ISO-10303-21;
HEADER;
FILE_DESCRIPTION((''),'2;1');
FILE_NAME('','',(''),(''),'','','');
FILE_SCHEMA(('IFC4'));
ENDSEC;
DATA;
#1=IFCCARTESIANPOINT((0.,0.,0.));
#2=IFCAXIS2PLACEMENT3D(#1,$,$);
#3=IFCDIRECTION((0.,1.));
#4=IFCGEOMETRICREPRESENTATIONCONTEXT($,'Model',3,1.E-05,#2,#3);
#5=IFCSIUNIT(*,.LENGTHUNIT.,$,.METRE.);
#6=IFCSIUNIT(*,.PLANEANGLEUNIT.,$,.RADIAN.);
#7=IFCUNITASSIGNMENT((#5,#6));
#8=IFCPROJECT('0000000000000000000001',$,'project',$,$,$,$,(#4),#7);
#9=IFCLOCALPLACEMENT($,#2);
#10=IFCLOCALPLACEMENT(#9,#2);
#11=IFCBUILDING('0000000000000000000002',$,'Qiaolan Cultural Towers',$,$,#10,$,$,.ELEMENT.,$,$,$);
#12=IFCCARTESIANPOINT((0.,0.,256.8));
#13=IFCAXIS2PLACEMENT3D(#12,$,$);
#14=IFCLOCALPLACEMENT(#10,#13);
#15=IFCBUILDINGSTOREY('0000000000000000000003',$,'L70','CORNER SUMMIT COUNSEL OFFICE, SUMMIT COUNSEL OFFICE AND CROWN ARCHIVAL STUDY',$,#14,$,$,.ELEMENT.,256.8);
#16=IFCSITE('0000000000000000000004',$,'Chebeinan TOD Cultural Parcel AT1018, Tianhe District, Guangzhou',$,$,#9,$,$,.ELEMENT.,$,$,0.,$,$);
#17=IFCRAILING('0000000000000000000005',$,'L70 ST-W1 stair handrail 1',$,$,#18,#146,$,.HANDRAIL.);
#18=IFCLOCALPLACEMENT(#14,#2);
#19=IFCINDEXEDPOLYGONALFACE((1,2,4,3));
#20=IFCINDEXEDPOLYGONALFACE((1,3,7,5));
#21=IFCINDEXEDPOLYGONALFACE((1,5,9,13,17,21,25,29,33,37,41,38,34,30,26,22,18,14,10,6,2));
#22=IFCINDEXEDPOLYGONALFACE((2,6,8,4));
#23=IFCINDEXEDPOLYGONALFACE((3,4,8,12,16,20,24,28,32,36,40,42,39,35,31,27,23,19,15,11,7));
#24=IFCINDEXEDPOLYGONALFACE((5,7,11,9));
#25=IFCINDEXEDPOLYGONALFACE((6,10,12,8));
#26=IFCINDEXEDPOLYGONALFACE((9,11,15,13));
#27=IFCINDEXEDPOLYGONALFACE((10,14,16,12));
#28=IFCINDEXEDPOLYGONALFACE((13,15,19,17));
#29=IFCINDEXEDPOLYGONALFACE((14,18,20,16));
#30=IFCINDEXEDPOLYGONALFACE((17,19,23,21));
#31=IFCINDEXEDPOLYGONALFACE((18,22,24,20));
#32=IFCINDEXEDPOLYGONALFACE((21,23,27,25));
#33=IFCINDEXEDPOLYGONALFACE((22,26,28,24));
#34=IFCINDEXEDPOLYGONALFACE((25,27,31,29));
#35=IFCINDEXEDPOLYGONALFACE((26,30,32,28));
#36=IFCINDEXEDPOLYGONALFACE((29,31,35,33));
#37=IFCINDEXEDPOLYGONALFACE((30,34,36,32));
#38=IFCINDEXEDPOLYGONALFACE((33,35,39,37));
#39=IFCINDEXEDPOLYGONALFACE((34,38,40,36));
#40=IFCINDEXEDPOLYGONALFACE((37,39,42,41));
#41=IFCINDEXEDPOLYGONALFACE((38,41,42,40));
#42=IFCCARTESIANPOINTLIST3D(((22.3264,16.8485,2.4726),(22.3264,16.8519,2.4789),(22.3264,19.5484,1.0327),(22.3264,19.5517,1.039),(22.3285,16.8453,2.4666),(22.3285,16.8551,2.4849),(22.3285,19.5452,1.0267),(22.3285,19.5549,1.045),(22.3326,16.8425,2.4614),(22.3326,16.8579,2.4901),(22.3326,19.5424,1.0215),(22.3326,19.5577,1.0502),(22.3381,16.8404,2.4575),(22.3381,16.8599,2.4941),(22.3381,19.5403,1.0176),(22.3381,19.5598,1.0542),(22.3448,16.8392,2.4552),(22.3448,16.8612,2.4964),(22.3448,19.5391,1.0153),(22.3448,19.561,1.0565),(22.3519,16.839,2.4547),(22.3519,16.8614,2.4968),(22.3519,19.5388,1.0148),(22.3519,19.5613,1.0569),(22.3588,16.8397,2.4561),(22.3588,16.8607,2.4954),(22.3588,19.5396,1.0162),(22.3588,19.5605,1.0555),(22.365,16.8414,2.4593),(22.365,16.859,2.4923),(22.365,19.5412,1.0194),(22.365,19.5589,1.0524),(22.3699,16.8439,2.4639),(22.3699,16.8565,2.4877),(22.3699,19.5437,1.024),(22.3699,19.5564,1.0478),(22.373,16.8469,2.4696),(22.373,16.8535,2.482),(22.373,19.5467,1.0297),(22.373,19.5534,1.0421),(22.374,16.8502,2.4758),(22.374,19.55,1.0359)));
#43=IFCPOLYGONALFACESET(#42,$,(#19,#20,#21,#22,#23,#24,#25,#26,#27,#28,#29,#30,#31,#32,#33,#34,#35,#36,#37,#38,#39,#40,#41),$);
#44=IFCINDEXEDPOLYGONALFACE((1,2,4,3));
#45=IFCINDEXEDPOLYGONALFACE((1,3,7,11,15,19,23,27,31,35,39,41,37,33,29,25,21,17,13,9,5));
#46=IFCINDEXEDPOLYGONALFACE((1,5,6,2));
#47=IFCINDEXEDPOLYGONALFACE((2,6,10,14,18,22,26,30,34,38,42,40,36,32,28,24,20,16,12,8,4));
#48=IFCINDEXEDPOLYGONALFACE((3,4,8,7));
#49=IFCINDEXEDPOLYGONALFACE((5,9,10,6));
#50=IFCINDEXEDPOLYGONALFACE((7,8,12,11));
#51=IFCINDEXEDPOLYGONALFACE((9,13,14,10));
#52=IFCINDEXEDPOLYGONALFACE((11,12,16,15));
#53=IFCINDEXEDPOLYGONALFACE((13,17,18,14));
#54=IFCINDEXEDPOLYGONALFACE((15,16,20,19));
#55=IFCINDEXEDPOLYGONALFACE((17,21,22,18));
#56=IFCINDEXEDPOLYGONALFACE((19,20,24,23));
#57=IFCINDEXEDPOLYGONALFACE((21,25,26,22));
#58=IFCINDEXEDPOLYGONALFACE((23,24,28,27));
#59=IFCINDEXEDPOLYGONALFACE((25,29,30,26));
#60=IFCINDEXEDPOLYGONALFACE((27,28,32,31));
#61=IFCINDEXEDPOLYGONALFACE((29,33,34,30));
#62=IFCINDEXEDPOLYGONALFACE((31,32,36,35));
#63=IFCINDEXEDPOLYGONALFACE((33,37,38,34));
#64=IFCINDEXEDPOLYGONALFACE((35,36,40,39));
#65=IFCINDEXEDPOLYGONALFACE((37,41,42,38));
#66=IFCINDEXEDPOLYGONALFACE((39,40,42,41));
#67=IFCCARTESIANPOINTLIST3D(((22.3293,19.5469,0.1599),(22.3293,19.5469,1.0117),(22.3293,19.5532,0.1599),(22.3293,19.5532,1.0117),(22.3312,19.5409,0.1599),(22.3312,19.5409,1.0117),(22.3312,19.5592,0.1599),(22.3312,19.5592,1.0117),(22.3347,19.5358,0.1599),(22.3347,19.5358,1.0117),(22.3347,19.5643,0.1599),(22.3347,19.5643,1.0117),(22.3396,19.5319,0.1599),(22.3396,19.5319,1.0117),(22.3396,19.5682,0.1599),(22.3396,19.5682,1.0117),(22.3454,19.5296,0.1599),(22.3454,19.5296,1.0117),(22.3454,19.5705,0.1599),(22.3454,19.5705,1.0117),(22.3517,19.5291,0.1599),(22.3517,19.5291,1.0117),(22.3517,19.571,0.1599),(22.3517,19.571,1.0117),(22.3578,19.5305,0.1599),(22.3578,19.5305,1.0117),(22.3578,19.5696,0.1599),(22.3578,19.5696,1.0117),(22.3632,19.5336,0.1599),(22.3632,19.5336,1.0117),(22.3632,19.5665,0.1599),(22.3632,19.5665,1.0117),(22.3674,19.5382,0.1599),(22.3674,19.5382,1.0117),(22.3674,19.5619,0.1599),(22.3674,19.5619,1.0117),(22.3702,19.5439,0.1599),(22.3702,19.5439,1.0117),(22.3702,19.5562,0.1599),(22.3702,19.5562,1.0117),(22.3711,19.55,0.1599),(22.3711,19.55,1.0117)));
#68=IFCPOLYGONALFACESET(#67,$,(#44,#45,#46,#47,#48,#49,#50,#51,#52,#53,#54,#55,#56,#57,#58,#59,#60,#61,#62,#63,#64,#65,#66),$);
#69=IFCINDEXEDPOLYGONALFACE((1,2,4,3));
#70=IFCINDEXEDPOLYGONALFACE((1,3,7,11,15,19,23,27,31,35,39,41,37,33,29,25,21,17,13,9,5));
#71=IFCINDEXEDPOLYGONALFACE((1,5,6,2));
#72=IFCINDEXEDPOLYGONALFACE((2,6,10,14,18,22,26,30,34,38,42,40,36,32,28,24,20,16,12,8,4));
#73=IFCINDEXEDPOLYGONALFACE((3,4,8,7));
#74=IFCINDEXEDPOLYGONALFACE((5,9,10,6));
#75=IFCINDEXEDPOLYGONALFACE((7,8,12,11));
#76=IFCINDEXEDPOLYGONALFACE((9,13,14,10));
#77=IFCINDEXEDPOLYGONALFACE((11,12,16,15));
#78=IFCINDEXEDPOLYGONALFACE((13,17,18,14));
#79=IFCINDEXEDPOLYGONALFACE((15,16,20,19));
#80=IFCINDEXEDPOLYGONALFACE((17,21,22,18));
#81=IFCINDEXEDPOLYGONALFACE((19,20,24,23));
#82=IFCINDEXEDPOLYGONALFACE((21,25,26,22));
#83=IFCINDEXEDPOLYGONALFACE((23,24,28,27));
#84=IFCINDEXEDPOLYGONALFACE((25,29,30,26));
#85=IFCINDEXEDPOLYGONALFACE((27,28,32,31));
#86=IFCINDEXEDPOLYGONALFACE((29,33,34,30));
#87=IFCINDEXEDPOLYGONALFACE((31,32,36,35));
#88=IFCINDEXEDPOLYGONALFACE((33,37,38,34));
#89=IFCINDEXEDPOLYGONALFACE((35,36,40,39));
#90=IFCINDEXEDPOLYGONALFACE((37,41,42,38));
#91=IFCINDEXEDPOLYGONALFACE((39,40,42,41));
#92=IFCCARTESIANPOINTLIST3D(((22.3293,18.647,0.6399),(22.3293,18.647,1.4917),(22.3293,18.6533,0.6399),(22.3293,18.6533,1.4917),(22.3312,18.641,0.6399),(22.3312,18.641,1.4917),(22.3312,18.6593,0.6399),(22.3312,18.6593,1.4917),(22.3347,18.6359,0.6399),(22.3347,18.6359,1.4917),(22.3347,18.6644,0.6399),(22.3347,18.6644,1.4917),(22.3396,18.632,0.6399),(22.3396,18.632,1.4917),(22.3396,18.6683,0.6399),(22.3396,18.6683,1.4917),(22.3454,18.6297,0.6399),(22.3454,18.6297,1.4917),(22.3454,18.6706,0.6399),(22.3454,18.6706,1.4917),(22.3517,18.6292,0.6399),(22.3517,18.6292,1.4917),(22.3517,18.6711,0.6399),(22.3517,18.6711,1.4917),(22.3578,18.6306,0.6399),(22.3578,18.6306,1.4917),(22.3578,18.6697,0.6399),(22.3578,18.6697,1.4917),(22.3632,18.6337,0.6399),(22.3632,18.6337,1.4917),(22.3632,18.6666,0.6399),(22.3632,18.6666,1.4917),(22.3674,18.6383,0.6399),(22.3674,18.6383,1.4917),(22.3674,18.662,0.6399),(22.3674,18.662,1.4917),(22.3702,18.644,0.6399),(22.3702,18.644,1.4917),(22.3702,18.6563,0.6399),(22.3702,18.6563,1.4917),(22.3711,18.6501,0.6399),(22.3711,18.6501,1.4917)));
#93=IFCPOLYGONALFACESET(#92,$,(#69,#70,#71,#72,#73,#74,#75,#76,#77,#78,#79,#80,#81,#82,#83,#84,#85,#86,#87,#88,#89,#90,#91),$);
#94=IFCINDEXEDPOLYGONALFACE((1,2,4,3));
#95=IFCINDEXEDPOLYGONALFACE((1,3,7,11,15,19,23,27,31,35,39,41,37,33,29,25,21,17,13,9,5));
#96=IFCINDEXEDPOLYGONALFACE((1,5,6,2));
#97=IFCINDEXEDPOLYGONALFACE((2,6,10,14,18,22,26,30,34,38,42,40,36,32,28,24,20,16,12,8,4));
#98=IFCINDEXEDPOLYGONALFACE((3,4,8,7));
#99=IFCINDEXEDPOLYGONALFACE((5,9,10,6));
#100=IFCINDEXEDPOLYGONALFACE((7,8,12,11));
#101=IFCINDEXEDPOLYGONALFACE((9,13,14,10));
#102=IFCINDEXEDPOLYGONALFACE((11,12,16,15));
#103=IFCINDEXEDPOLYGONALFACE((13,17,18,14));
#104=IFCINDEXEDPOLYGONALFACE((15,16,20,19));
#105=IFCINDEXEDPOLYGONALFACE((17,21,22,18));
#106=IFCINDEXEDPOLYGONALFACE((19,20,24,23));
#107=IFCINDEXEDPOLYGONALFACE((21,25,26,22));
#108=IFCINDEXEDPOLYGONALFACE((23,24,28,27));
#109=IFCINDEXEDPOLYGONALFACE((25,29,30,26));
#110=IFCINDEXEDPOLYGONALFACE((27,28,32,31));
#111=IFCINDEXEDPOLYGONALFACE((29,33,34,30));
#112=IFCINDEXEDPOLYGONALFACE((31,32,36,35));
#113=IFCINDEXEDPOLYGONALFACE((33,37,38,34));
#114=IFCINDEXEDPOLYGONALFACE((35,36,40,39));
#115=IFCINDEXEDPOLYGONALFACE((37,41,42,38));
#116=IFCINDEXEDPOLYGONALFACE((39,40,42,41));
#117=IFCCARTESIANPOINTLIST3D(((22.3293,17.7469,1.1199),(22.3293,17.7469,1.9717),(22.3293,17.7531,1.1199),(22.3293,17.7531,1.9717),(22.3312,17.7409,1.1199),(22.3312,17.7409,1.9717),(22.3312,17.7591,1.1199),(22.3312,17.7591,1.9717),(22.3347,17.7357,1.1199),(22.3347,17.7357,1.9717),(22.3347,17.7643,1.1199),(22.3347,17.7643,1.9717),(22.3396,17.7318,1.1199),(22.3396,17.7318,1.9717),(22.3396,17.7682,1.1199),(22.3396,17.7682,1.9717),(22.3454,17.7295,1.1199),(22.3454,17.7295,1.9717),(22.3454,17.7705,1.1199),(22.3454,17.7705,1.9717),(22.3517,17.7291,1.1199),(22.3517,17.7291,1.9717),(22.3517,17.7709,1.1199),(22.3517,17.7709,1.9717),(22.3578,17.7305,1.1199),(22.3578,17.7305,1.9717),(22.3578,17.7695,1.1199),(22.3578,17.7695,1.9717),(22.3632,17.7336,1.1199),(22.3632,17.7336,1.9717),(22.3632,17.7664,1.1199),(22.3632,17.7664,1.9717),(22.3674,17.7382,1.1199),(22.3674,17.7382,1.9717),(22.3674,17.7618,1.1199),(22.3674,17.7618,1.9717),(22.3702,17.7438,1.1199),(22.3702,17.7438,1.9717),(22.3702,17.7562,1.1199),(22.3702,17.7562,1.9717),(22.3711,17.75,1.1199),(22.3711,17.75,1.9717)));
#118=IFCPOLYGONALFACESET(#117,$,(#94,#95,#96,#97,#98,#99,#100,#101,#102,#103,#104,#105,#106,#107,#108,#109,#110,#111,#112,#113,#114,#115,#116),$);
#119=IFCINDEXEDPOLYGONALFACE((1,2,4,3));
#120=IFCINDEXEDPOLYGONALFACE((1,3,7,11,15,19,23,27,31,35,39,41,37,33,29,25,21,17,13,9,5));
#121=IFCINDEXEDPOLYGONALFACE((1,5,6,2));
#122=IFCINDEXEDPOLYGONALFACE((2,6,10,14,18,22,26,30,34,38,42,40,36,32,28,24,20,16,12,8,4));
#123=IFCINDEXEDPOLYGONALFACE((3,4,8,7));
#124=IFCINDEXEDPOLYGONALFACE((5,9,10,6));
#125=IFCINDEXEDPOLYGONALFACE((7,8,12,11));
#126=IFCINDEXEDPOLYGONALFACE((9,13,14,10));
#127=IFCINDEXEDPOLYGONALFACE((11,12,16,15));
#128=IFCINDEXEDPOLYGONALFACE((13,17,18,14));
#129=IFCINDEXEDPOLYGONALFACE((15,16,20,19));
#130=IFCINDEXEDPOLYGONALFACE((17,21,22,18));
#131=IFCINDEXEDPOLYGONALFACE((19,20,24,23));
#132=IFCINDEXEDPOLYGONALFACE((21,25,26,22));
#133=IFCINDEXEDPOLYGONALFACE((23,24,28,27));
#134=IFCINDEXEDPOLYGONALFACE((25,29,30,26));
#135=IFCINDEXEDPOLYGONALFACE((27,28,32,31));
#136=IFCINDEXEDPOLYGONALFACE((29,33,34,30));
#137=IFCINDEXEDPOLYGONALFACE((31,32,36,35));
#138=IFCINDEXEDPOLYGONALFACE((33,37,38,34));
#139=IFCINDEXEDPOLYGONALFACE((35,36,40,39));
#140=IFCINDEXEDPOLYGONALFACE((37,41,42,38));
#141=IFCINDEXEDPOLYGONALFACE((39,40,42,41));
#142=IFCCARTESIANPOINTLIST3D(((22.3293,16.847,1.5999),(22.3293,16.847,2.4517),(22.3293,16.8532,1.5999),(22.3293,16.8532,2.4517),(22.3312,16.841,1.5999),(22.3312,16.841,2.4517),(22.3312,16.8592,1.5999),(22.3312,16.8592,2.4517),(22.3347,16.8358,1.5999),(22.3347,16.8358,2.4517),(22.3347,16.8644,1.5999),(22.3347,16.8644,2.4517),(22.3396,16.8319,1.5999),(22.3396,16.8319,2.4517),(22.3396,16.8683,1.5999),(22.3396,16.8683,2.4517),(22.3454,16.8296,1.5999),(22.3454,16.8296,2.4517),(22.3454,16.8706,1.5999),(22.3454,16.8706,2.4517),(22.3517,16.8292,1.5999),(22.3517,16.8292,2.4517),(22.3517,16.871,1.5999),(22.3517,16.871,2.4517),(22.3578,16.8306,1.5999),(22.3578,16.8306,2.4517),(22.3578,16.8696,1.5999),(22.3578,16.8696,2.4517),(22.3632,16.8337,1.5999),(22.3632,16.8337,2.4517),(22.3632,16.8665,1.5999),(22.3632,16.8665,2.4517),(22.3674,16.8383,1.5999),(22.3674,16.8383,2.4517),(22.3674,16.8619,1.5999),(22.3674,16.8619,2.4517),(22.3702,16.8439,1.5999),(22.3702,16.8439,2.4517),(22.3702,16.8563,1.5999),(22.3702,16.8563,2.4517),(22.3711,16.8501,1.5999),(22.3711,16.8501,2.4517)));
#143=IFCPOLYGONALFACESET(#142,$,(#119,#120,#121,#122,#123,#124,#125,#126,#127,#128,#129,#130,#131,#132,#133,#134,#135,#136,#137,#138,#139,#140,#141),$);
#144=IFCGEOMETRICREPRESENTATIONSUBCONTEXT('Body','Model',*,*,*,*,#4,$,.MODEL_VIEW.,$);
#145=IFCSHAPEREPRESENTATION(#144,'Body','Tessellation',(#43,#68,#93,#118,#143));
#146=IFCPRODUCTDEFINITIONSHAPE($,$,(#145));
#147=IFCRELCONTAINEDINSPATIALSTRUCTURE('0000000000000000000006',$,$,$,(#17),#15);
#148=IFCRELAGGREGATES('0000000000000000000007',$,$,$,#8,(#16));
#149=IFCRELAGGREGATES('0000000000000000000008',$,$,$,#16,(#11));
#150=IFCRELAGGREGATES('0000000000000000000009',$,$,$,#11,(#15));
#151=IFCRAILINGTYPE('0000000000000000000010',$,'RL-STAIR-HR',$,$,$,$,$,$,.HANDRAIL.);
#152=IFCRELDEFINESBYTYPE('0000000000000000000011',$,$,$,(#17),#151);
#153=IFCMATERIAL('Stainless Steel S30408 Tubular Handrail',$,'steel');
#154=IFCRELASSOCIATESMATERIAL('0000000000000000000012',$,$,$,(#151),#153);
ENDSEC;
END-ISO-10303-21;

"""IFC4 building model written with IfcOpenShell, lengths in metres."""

from ifc_helpers import new_model, si_unit, direction, frame, origin, origin_2d, place, context, subcontext, project, spatial, circle, extrude, material, type_object, element, save


model = new_model("IFC4")

# Units and contexts
model_context = context("Model", 3, precision=1e-05, world=origin(), true_north=direction((0.0, 1.0)))
body_context = subcontext(model_context, "Body", "Model", "MODEL_VIEW")
ifc_project = project(units=[si_unit("LENGTHUNIT", "METRE"), si_unit("PLANEANGLEUNIT", "RADIAN")], contexts=[model_context])

# Site, building, storey
site_placement = place(None, origin())
site = spatial("IfcSite", under=ifc_project, at=site_placement, Name="Chebeinan TOD Cultural Parcel AT1018, Tianhe District, Guangzhou", CompositionType="ELEMENT", RefElevation=0.0)
building_placement = place(site_placement, origin())
building = spatial("IfcBuilding", under=site, at=building_placement, Name="Qiaolan Cultural Towers", CompositionType="ELEMENT")
storey_placement = place(building_placement, frame((0.0, 0.0, 256.8)))
storey = spatial("IfcBuildingStorey", under=building, at=storey_placement, Name="L70", Description="CORNER SUMMIT COUNSEL OFFICE, SUMMIT COUNSEL OFFICE AND CROWN ARCHIVAL STUDY", CompositionType="ELEMENT", Elevation=256.8)

# Railing
ifc_material_1 = material(Name="Stainless Steel S30408 Tubular Handrail", Category="steel")
railing_type_1 = type_object("IfcRailingType", Name="RL-STAIR-HR", PredefinedType="HANDRAIL", material=ifc_material_1)
railing_1_placement = place(storey_placement, frame((22.3501, 19.55, 0.1599)))
element("IfcRailing", 1, at=railing_1_placement, inside=storey, type_object=railing_type_1, Name="L70 ST-W1 stair handrail 1", PredefinedType="HANDRAIL", context=body_context, shape_type="SweptSolid", body=[
    extrude(circle(Radius=0.0239, at=origin_2d()), frame((0.0, 0.0, 0.876), z_axis=(0.0, -0.882357, 0.47058), x_axis=(1.0, 0.0, 0.0)), (0.0, 0.0, 1.0), 3.0598),
    extrude(circle(Radius=0.021, at=origin_2d()), origin(), (0.0, 0.0, 1.0), 0.8518),
    extrude(circle(Radius=0.021, at=origin_2d()), frame((0.0, -0.8999, 0.48)), (0.0, 0.0, 1.0), 0.8518),
    extrude(circle(Radius=0.021, at=origin_2d()), frame((0.0, -1.8, 0.96)), (0.0, 0.0, 1.0), 0.8518),
    extrude(circle(Radius=0.021, at=origin_2d()), frame((0.0, -2.7, 1.4399)), (0.0, 0.0, 1.0), 0.8518),
])

save(model, "model.ifc")
